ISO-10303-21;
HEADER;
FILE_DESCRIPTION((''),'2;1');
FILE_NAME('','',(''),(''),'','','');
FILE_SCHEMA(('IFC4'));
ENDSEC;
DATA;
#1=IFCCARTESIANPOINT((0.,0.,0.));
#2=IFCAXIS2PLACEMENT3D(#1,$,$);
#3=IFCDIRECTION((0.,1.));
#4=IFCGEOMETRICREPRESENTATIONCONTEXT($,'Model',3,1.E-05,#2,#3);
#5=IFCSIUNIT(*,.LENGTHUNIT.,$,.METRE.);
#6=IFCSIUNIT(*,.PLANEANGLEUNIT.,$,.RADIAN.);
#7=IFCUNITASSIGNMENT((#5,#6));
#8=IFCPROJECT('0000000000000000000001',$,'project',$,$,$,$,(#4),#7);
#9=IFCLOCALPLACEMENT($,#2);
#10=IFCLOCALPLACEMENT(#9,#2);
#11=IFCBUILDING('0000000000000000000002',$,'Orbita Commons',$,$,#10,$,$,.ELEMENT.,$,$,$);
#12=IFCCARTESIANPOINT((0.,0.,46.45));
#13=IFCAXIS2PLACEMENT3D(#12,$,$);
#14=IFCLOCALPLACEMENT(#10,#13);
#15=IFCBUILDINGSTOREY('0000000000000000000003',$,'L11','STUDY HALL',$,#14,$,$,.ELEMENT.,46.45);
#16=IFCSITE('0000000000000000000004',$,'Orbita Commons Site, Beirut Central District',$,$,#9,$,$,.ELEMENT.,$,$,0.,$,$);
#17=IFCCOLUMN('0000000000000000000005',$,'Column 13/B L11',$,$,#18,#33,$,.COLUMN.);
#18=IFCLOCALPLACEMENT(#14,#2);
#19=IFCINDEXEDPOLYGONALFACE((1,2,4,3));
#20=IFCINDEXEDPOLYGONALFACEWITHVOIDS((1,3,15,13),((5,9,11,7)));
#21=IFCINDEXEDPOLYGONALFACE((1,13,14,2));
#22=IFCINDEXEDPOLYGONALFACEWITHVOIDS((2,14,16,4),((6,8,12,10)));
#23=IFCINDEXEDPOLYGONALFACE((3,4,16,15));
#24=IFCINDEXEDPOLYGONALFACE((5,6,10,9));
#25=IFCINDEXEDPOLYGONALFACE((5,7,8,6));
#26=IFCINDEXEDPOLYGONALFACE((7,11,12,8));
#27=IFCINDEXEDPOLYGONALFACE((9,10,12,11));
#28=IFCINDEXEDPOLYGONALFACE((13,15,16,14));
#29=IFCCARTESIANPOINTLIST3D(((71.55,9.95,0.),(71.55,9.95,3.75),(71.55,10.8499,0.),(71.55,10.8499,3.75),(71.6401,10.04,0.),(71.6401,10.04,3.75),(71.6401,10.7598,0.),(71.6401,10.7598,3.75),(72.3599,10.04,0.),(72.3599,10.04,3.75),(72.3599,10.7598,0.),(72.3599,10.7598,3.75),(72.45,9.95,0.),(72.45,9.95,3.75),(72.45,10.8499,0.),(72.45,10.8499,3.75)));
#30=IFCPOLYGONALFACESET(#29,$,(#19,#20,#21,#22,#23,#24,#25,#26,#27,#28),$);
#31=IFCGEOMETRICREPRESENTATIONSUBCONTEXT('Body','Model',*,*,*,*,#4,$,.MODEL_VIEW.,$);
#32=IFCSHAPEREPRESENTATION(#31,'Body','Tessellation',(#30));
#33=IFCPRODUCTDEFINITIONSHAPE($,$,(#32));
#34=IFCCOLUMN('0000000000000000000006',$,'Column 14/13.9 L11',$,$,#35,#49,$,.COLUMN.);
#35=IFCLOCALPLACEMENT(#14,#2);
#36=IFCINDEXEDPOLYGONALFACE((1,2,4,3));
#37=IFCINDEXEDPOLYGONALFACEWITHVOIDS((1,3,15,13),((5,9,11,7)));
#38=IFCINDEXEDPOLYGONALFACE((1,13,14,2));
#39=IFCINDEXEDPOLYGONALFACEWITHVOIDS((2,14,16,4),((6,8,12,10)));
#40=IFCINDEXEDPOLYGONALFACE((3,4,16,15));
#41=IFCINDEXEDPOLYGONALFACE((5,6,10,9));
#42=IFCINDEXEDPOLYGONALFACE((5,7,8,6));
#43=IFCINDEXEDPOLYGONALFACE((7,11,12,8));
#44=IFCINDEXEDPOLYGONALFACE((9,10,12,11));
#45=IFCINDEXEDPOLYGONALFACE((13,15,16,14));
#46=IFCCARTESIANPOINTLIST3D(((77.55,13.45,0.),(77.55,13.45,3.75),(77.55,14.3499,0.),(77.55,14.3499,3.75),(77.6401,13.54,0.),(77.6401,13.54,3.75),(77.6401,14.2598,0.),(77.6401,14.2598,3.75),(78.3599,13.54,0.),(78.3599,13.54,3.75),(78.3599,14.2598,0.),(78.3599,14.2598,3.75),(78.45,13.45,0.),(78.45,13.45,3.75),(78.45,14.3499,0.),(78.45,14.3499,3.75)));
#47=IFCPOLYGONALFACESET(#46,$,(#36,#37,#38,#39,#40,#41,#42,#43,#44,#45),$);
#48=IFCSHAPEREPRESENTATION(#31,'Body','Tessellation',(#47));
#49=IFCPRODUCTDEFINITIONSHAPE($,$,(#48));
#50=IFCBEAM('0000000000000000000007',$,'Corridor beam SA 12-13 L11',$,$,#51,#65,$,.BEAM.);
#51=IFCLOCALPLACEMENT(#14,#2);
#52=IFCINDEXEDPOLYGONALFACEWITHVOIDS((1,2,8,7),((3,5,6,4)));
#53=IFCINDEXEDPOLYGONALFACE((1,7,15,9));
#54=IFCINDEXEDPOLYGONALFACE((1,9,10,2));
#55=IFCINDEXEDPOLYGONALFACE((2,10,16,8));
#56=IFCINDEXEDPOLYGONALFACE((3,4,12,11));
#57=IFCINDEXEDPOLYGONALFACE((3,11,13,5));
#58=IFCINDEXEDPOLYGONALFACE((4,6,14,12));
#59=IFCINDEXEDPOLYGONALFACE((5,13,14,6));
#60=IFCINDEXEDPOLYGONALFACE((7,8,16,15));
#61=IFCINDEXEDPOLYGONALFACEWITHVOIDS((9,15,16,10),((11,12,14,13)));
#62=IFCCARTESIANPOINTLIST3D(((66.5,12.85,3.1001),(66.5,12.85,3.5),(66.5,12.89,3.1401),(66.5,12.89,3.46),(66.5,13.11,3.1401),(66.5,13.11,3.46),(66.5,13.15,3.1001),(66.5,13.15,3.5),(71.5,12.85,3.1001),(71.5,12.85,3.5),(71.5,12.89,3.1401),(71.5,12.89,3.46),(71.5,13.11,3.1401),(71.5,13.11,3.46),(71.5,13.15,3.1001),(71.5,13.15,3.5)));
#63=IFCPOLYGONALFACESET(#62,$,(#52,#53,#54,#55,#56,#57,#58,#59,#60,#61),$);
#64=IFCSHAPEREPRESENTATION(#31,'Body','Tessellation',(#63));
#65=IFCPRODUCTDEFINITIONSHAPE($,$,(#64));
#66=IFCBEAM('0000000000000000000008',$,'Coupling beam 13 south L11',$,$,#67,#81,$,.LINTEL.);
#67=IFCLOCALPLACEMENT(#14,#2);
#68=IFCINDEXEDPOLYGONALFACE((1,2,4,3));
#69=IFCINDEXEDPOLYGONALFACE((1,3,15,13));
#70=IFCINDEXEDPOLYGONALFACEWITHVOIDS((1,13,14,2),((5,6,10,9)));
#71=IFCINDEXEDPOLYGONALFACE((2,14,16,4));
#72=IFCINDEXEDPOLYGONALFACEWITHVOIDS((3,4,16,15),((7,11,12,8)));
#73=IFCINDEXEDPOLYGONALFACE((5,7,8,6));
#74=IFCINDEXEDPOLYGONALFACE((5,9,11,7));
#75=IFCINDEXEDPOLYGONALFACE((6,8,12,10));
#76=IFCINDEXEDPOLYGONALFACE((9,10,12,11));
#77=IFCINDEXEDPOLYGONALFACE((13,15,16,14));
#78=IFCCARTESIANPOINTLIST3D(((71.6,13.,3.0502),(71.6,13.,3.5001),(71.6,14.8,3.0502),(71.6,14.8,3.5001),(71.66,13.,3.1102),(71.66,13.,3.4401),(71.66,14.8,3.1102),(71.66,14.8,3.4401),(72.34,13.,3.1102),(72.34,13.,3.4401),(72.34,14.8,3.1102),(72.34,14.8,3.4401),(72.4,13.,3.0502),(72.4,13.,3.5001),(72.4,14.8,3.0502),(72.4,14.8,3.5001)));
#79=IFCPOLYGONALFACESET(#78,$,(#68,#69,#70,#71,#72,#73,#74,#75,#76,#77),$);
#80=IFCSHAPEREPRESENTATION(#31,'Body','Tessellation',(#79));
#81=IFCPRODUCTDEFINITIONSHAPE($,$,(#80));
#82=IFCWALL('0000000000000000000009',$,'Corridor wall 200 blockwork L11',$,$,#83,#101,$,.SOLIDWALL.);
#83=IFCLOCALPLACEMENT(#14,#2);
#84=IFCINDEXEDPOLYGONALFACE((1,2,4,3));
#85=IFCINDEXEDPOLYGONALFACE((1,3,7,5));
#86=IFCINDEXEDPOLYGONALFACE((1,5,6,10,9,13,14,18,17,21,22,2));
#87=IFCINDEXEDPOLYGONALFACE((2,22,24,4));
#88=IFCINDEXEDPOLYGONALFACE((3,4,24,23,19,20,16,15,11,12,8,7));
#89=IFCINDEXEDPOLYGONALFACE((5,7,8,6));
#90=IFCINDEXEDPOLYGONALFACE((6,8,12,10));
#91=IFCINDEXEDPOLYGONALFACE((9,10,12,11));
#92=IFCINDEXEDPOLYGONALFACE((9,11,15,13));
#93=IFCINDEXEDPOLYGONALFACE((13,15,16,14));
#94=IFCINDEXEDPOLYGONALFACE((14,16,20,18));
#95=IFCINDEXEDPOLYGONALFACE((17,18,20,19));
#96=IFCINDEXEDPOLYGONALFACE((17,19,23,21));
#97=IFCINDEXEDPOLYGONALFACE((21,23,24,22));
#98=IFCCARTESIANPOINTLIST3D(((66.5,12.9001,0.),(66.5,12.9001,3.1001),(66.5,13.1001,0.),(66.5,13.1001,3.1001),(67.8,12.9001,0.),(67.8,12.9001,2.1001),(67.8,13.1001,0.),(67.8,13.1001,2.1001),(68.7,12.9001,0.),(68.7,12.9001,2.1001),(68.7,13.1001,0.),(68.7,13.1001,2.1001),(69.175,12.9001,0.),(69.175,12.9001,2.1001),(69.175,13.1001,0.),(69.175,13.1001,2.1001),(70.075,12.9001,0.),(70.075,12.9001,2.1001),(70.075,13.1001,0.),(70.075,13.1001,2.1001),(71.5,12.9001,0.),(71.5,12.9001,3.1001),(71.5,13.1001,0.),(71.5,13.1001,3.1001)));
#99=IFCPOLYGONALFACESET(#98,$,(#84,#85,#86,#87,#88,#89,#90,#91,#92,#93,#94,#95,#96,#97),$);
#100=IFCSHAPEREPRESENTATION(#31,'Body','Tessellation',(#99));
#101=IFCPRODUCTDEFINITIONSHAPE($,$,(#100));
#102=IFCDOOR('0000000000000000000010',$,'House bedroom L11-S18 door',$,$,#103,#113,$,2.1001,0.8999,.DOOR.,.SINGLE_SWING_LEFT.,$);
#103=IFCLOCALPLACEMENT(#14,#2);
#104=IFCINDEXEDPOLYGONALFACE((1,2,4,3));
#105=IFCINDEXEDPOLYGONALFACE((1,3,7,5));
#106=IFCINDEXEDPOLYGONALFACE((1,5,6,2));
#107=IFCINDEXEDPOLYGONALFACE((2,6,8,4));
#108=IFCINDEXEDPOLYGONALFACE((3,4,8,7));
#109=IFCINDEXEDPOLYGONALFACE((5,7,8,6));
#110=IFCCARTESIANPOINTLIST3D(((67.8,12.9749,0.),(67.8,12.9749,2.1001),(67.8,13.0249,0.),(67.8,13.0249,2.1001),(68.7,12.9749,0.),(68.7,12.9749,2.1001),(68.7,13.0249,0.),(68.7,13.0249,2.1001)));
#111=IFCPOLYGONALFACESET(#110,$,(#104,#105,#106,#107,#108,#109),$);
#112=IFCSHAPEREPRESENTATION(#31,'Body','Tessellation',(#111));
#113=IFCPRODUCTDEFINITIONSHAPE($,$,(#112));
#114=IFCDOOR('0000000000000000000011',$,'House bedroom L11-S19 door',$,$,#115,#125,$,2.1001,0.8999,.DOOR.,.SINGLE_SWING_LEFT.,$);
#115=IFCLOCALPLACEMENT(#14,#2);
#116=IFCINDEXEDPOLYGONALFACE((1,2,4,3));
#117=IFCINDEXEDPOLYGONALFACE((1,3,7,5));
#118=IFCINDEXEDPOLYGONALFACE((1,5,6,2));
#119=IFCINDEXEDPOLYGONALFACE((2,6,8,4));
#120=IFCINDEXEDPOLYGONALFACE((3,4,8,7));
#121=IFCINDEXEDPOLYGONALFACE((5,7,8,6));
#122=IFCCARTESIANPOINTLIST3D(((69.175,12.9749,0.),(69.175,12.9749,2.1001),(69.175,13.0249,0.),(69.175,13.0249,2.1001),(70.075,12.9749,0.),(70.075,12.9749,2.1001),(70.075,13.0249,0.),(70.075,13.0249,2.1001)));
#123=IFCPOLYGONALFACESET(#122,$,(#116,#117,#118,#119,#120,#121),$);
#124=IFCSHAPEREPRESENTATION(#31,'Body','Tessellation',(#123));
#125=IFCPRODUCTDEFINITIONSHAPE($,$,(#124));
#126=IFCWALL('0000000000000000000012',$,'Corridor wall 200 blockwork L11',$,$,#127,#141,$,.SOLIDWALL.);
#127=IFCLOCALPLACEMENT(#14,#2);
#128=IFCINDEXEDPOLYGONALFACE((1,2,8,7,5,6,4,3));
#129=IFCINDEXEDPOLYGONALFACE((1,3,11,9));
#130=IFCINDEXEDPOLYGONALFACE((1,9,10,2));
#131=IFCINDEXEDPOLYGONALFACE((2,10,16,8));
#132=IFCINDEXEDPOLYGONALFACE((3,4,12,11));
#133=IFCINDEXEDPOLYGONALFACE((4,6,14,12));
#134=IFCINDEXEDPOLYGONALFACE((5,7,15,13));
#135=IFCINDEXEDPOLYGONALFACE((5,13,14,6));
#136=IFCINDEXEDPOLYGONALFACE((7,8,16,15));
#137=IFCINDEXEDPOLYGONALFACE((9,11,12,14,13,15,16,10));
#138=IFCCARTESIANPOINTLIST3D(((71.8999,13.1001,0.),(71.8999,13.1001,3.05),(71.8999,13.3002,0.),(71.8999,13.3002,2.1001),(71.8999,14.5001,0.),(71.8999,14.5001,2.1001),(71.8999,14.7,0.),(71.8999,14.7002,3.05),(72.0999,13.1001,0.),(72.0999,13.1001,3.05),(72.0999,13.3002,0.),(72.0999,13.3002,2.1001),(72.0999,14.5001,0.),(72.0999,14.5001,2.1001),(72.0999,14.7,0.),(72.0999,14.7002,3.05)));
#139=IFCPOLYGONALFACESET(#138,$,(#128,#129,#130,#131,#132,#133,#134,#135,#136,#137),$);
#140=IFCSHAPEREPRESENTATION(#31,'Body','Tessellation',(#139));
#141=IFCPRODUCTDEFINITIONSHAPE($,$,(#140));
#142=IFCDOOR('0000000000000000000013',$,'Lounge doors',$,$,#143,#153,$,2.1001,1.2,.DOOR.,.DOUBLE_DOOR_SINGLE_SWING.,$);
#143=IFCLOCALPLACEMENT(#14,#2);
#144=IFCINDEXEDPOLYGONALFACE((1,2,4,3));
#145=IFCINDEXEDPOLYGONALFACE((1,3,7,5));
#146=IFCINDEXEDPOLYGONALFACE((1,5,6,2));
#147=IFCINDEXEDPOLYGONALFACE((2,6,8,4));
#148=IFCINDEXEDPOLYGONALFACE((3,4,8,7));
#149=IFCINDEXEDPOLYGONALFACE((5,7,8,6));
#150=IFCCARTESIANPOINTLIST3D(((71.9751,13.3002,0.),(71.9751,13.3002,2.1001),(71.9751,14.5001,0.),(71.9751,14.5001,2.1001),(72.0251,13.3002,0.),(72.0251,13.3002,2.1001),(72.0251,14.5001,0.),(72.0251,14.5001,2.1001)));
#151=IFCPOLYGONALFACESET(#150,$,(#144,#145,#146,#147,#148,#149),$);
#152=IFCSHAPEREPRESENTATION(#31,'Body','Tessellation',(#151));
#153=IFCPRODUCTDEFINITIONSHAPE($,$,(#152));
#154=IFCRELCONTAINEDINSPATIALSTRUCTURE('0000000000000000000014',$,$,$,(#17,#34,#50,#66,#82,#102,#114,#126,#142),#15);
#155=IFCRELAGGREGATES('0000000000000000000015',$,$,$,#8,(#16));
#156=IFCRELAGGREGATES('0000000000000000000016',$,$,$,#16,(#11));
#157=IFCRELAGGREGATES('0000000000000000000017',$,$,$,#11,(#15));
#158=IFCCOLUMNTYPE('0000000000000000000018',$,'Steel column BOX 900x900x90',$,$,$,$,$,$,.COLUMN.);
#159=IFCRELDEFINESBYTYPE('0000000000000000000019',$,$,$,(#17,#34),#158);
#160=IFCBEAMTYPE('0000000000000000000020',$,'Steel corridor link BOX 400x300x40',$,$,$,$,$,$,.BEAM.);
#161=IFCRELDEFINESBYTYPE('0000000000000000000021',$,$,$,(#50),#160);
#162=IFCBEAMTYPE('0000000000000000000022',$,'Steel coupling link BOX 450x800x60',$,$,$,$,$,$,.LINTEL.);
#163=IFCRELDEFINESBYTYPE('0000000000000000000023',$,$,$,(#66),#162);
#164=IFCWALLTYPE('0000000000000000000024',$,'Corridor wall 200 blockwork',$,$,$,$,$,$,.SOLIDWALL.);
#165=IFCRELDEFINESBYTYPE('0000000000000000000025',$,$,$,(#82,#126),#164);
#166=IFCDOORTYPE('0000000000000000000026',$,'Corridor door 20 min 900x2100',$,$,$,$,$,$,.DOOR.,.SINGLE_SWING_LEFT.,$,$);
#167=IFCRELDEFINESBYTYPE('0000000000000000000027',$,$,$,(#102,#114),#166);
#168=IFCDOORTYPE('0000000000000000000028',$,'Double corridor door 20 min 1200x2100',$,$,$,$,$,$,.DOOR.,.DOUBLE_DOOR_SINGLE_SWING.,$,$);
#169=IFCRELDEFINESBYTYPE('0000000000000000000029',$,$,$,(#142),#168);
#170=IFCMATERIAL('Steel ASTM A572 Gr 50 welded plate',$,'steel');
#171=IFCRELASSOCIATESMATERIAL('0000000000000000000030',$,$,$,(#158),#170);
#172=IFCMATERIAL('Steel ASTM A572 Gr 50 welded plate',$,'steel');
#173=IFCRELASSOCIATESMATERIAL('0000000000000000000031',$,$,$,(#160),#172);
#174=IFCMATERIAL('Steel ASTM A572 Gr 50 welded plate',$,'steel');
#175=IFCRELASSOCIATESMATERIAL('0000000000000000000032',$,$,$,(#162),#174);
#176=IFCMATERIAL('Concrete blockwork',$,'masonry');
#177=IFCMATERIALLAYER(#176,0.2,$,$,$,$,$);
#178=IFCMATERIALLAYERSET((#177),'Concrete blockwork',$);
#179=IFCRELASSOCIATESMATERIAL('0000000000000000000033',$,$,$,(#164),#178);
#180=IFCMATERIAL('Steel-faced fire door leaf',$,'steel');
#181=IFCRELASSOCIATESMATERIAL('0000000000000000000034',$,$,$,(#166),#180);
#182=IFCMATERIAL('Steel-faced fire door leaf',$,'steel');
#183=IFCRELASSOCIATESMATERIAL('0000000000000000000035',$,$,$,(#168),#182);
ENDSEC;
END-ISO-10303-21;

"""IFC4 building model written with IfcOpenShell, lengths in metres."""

from ifc_helpers import new_model, si_unit, direction, frame, frame_2d, origin, origin_2d, place, context, subcontext, project, spatial, polyline, rectangle, hollow_rectangle, outline, extrude, material, layer, layer_set, material_profile, profile_set, type_object, element, fill, save


model = new_model("IFC4")

# Units and contexts
model_context = context("Model", 3, precision=1e-05, world=origin(), true_north=direction((0.0, 1.0)))
body_context = subcontext(model_context, "Body", "Model", "MODEL_VIEW")
ifc_project = project(units=[si_unit("LENGTHUNIT", "METRE"), si_unit("PLANEANGLEUNIT", "RADIAN")], contexts=[model_context])

# Site, building, storey
site_placement = place(None, origin())
site = spatial("IfcSite", under=ifc_project, at=site_placement, Name="Orbita Commons Site, Beirut Central District", CompositionType="ELEMENT", RefElevation=0.0)
building_placement = place(site_placement, origin())
building = spatial("IfcBuilding", under=site, at=building_placement, Name="Orbita Commons", CompositionType="ELEMENT")
storey_placement = place(building_placement, frame((0.0, 0.0, 46.45)))
storey = spatial("IfcBuildingStorey", under=building, at=storey_placement, Name="L11", Description="STUDY HALL", CompositionType="ELEMENT", Elevation=46.45)

# Columns
ifc_material_1 = material(Name="Steel ASTM A572 Gr 50 welded plate", Category="steel")
ifc_material_profile_1 = material_profile(ifc_material_1, hollow_rectangle(XDim=0.8999, YDim=0.8999, WallThickness=0.0901, at=origin_2d()), Name="BOX 900x900x90")
ifc_profile_set_1 = profile_set([ifc_material_profile_1], Name="Steel ASTM A572 Gr 50 welded plate")
column_type = type_object("IfcColumnType", Name="Steel column BOX 900x900x90", PredefinedType="COLUMN", material=ifc_profile_set_1)
for number, where, z_axis, x_axis, name in (
    (1, (72.0, 10.3999, 0.0), (0.0, 0.0, 1.0), (1.0, 0.0, 0.0), "Column 13/B L11"),
    (2, (78.0, 13.8999, 0.0), (0.0, 0.0, 1.0), (1.0, 0.0, 0.0), "Column 14/13.9 L11"),
):
    element("IfcColumn", number, at=place(storey_placement, frame(where, z_axis=z_axis, x_axis=x_axis)), inside=storey, type_object=column_type, Name=name, PredefinedType="COLUMN", context=body_context, shape_type="SweptSolid", body=[
        extrude(hollow_rectangle(XDim=0.8999, YDim=0.8999, WallThickness=0.0901, at=origin_2d()), origin(), (0.0, 0.0, 1.0), 3.75),
    ])

# Beams
ifc_material_2 = material(Name="Steel ASTM A572 Gr 50 welded plate", Category="steel")
ifc_material_profile_2 = material_profile(ifc_material_2, hollow_rectangle(XDim=0.3, YDim=0.3999, WallThickness=0.04, at=origin_2d()), Name="BOX 400x300x40")
ifc_profile_set_2 = profile_set([ifc_material_profile_2], Name="Steel ASTM A572 Gr 50 welded plate")
beam_type_1 = type_object("IfcBeamType", Name="Steel corridor link BOX 400x300x40", PredefinedType="BEAM", material=ifc_profile_set_2)
beam_1_placement = place(storey_placement, frame((66.5, 13.0, 3.3), z_axis=(1.0, 0.0, 0.0), x_axis=(0.0, 1.0, 0.0)))
element("IfcBeam", 3, at=beam_1_placement, inside=storey, type_object=beam_type_1, Name="Corridor beam SA 12-13 L11", PredefinedType="BEAM", context=body_context, shape_type="SweptSolid", body=[
    extrude(hollow_rectangle(XDim=0.3, YDim=0.3999, WallThickness=0.04, at=origin_2d()), origin(), (0.0, 0.0, 1.0), 5.0),
])
ifc_material_3 = material(Name="Steel ASTM A572 Gr 50 welded plate", Category="steel")
ifc_material_profile_3 = material_profile(ifc_material_3, hollow_rectangle(XDim=0.8, YDim=0.45, WallThickness=0.0601, at=origin_2d()), Name="BOX 450x800x60")
ifc_profile_set_3 = profile_set([ifc_material_profile_3], Name="Steel ASTM A572 Gr 50 welded plate")
beam_type_2 = type_object("IfcBeamType", Name="Steel coupling link BOX 450x800x60", PredefinedType="LINTEL", material=ifc_profile_set_3)
beam_2_placement = place(storey_placement, frame((72.0, 13.0, 3.2751), z_axis=(0.0, 1.0, 0.0), x_axis=(-1.0, 0.0, 0.0)))
element("IfcBeam", 4, at=beam_2_placement, inside=storey, type_object=beam_type_2, Name="Coupling beam 13 south L11", PredefinedType="LINTEL", context=body_context, shape_type="SweptSolid", body=[
    extrude(hollow_rectangle(XDim=0.8, YDim=0.45, WallThickness=0.0601, at=origin_2d()), origin(), (0.0, 0.0, 1.0), 1.8),
])

# Wall, openings, doors
ifc_material_4 = material(Name="Concrete blockwork", Category="masonry")
ifc_layer_1 = layer(ifc_material_4, 0.2)
ifc_layer_set_1 = layer_set([ifc_layer_1], Name="Concrete blockwork")
wall_type_1 = type_object("IfcWallType", Name="Corridor wall 200 blockwork", PredefinedType="SOLIDWALL", material=ifc_layer_set_1)
wall_1_placement = place(storey_placement, frame((66.5, 13.0, 0.0), z_axis=(0.0, 0.0, 1.0), x_axis=(1.0, 0.0, 0.0)))
wall_1 = element("IfcWall", 5, at=wall_1_placement, inside=storey, type_object=wall_type_1, Name="Corridor wall 200 blockwork L11", PredefinedType="SOLIDWALL", context=body_context, shape_type="SweptSolid", body=[
    extrude(outline(polyline([(0.0, 0.0), (5.0, 0.0), (5.0, 3.1001), (0.0, 3.1001), (0.0, 0.0)])), frame((0.0, 0.1001, 0.0), z_axis=(0.0, -1.0, 0.0), x_axis=(1.0, 0.0, 0.0)), (0.0, 0.0, 1.0), 0.2),
])
opening_1_placement = place(wall_1_placement, frame((1.3, 0.0, 0.0)))
opening_1 = element("IfcOpeningElement", 6, at=opening_1_placement, cuts=wall_1, PredefinedType="OPENING", context=body_context, shape_type="SweptSolid", body=[
    extrude(rectangle(XDim=0.8999, YDim=2.1001, at=frame_2d((0.45, 1.05))), frame((0.0, 0.1099, 0.0), z_axis=(0.0, -1.0, 0.0), x_axis=(1.0, 0.0, 0.0)), (0.0, 0.0, 1.0), 0.22),
])
opening_2_placement = place(wall_1_placement, frame((2.675, 0.0, 0.0)))
opening_2 = element("IfcOpeningElement", 7, at=opening_2_placement, cuts=wall_1, PredefinedType="OPENING", context=body_context, shape_type="SweptSolid", body=[
    extrude(rectangle(XDim=0.8999, YDim=2.1001, at=frame_2d((0.45, 1.05))), frame((0.0, 0.1099, 0.0), z_axis=(0.0, -1.0, 0.0), x_axis=(1.0, 0.0, 0.0)), (0.0, 0.0, 1.0), 0.22),
])
ifc_material_5 = material(Name="Steel-faced fire door leaf", Category="steel")
door_type_1 = type_object("IfcDoorType", Name="Corridor door 20 min 900x2100", OperationType="SINGLE_SWING_LEFT", PredefinedType="DOOR", material=ifc_material_5)
door_1_placement = place(opening_1_placement, origin())
door_1 = element("IfcDoor", 8, at=door_1_placement, inside=storey, type_object=door_type_1, Name="House bedroom L11-S18 door", OperationType="SINGLE_SWING_LEFT", OverallHeight=2.1001, OverallWidth=0.8999, PredefinedType="DOOR", context=body_context, shape_type="SweptSolid", body=[
    extrude(rectangle(XDim=0.8999, YDim=2.1001, at=frame_2d((0.45, 1.05))), frame((0.0, 0.0249, 0.0), z_axis=(0.0, -1.0, 0.0), x_axis=(1.0, 0.0, 0.0)), (0.0, 0.0, 1.0), 0.05),
])
fill(opening_1, door_1)
door_2_placement = place(opening_2_placement, origin())
door_2 = element("IfcDoor", 9, at=door_2_placement, inside=storey, type_object=door_type_1, Name="House bedroom L11-S19 door", OperationType="SINGLE_SWING_LEFT", OverallHeight=2.1001, OverallWidth=0.8999, PredefinedType="DOOR", context=body_context, shape_type="SweptSolid", body=[
    extrude(rectangle(XDim=0.8999, YDim=2.1001, at=frame_2d((0.45, 1.05))), frame((0.0, 0.0249, 0.0), z_axis=(0.0, -1.0, 0.0), x_axis=(1.0, 0.0, 0.0)), (0.0, 0.0, 1.0), 0.05),
])
fill(opening_2, door_2)

# Wall, opening, door
wall_2_placement = place(storey_placement, frame((72.0, 13.1001, 0.0), z_axis=(0.0, 0.0, 1.0), x_axis=(0.0, 1.0, 0.0)))
wall_2 = element("IfcWall", 10, at=wall_2_placement, inside=storey, type_object=wall_type_1, Name="Corridor wall 200 blockwork L11", PredefinedType="SOLIDWALL", context=body_context, shape_type="SweptSolid", body=[
    extrude(outline(polyline([(0.0, 0.0), (1.5999, 0.0), (1.6001, 3.05), (0.0, 3.05), (0.0, 0.0)])), frame((0.0, 0.1001, 0.0), z_axis=(0.0, -1.0, 0.0), x_axis=(1.0, 0.0, 0.0)), (0.0, 0.0, 1.0), 0.2),
])
opening_3_placement = place(wall_2_placement, frame((0.2, 0.0, 0.0)))
opening_3 = element("IfcOpeningElement", 11, at=opening_3_placement, cuts=wall_2, PredefinedType="OPENING", context=body_context, shape_type="SweptSolid", body=[
    extrude(rectangle(XDim=1.2, YDim=2.1001, at=frame_2d((0.6001, 1.05))), frame((0.0, 0.1099, 0.0), z_axis=(0.0, -1.0, 0.0), x_axis=(1.0, 0.0, 0.0)), (0.0, 0.0, 1.0), 0.22),
])
ifc_material_6 = material(Name="Steel-faced fire door leaf", Category="steel")
door_type_2 = type_object("IfcDoorType", Name="Double corridor door 20 min 1200x2100", OperationType="DOUBLE_DOOR_SINGLE_SWING", PredefinedType="DOOR", material=ifc_material_6)
door_3_placement = place(opening_3_placement, origin())
door_3 = element("IfcDoor", 12, at=door_3_placement, inside=storey, type_object=door_type_2, Name="Lounge doors", OperationType="DOUBLE_DOOR_SINGLE_SWING", OverallHeight=2.1001, OverallWidth=1.2, PredefinedType="DOOR", context=body_context, shape_type="SweptSolid", body=[
    extrude(rectangle(XDim=1.2, YDim=2.1001, at=frame_2d((0.6001, 1.05))), frame((0.0, 0.0249, 0.0), z_axis=(0.0, -1.0, 0.0), x_axis=(1.0, 0.0, 0.0)), (0.0, 0.0, 1.0), 0.05),
])
fill(opening_3, door_3)

save(model, "model.ifc")
